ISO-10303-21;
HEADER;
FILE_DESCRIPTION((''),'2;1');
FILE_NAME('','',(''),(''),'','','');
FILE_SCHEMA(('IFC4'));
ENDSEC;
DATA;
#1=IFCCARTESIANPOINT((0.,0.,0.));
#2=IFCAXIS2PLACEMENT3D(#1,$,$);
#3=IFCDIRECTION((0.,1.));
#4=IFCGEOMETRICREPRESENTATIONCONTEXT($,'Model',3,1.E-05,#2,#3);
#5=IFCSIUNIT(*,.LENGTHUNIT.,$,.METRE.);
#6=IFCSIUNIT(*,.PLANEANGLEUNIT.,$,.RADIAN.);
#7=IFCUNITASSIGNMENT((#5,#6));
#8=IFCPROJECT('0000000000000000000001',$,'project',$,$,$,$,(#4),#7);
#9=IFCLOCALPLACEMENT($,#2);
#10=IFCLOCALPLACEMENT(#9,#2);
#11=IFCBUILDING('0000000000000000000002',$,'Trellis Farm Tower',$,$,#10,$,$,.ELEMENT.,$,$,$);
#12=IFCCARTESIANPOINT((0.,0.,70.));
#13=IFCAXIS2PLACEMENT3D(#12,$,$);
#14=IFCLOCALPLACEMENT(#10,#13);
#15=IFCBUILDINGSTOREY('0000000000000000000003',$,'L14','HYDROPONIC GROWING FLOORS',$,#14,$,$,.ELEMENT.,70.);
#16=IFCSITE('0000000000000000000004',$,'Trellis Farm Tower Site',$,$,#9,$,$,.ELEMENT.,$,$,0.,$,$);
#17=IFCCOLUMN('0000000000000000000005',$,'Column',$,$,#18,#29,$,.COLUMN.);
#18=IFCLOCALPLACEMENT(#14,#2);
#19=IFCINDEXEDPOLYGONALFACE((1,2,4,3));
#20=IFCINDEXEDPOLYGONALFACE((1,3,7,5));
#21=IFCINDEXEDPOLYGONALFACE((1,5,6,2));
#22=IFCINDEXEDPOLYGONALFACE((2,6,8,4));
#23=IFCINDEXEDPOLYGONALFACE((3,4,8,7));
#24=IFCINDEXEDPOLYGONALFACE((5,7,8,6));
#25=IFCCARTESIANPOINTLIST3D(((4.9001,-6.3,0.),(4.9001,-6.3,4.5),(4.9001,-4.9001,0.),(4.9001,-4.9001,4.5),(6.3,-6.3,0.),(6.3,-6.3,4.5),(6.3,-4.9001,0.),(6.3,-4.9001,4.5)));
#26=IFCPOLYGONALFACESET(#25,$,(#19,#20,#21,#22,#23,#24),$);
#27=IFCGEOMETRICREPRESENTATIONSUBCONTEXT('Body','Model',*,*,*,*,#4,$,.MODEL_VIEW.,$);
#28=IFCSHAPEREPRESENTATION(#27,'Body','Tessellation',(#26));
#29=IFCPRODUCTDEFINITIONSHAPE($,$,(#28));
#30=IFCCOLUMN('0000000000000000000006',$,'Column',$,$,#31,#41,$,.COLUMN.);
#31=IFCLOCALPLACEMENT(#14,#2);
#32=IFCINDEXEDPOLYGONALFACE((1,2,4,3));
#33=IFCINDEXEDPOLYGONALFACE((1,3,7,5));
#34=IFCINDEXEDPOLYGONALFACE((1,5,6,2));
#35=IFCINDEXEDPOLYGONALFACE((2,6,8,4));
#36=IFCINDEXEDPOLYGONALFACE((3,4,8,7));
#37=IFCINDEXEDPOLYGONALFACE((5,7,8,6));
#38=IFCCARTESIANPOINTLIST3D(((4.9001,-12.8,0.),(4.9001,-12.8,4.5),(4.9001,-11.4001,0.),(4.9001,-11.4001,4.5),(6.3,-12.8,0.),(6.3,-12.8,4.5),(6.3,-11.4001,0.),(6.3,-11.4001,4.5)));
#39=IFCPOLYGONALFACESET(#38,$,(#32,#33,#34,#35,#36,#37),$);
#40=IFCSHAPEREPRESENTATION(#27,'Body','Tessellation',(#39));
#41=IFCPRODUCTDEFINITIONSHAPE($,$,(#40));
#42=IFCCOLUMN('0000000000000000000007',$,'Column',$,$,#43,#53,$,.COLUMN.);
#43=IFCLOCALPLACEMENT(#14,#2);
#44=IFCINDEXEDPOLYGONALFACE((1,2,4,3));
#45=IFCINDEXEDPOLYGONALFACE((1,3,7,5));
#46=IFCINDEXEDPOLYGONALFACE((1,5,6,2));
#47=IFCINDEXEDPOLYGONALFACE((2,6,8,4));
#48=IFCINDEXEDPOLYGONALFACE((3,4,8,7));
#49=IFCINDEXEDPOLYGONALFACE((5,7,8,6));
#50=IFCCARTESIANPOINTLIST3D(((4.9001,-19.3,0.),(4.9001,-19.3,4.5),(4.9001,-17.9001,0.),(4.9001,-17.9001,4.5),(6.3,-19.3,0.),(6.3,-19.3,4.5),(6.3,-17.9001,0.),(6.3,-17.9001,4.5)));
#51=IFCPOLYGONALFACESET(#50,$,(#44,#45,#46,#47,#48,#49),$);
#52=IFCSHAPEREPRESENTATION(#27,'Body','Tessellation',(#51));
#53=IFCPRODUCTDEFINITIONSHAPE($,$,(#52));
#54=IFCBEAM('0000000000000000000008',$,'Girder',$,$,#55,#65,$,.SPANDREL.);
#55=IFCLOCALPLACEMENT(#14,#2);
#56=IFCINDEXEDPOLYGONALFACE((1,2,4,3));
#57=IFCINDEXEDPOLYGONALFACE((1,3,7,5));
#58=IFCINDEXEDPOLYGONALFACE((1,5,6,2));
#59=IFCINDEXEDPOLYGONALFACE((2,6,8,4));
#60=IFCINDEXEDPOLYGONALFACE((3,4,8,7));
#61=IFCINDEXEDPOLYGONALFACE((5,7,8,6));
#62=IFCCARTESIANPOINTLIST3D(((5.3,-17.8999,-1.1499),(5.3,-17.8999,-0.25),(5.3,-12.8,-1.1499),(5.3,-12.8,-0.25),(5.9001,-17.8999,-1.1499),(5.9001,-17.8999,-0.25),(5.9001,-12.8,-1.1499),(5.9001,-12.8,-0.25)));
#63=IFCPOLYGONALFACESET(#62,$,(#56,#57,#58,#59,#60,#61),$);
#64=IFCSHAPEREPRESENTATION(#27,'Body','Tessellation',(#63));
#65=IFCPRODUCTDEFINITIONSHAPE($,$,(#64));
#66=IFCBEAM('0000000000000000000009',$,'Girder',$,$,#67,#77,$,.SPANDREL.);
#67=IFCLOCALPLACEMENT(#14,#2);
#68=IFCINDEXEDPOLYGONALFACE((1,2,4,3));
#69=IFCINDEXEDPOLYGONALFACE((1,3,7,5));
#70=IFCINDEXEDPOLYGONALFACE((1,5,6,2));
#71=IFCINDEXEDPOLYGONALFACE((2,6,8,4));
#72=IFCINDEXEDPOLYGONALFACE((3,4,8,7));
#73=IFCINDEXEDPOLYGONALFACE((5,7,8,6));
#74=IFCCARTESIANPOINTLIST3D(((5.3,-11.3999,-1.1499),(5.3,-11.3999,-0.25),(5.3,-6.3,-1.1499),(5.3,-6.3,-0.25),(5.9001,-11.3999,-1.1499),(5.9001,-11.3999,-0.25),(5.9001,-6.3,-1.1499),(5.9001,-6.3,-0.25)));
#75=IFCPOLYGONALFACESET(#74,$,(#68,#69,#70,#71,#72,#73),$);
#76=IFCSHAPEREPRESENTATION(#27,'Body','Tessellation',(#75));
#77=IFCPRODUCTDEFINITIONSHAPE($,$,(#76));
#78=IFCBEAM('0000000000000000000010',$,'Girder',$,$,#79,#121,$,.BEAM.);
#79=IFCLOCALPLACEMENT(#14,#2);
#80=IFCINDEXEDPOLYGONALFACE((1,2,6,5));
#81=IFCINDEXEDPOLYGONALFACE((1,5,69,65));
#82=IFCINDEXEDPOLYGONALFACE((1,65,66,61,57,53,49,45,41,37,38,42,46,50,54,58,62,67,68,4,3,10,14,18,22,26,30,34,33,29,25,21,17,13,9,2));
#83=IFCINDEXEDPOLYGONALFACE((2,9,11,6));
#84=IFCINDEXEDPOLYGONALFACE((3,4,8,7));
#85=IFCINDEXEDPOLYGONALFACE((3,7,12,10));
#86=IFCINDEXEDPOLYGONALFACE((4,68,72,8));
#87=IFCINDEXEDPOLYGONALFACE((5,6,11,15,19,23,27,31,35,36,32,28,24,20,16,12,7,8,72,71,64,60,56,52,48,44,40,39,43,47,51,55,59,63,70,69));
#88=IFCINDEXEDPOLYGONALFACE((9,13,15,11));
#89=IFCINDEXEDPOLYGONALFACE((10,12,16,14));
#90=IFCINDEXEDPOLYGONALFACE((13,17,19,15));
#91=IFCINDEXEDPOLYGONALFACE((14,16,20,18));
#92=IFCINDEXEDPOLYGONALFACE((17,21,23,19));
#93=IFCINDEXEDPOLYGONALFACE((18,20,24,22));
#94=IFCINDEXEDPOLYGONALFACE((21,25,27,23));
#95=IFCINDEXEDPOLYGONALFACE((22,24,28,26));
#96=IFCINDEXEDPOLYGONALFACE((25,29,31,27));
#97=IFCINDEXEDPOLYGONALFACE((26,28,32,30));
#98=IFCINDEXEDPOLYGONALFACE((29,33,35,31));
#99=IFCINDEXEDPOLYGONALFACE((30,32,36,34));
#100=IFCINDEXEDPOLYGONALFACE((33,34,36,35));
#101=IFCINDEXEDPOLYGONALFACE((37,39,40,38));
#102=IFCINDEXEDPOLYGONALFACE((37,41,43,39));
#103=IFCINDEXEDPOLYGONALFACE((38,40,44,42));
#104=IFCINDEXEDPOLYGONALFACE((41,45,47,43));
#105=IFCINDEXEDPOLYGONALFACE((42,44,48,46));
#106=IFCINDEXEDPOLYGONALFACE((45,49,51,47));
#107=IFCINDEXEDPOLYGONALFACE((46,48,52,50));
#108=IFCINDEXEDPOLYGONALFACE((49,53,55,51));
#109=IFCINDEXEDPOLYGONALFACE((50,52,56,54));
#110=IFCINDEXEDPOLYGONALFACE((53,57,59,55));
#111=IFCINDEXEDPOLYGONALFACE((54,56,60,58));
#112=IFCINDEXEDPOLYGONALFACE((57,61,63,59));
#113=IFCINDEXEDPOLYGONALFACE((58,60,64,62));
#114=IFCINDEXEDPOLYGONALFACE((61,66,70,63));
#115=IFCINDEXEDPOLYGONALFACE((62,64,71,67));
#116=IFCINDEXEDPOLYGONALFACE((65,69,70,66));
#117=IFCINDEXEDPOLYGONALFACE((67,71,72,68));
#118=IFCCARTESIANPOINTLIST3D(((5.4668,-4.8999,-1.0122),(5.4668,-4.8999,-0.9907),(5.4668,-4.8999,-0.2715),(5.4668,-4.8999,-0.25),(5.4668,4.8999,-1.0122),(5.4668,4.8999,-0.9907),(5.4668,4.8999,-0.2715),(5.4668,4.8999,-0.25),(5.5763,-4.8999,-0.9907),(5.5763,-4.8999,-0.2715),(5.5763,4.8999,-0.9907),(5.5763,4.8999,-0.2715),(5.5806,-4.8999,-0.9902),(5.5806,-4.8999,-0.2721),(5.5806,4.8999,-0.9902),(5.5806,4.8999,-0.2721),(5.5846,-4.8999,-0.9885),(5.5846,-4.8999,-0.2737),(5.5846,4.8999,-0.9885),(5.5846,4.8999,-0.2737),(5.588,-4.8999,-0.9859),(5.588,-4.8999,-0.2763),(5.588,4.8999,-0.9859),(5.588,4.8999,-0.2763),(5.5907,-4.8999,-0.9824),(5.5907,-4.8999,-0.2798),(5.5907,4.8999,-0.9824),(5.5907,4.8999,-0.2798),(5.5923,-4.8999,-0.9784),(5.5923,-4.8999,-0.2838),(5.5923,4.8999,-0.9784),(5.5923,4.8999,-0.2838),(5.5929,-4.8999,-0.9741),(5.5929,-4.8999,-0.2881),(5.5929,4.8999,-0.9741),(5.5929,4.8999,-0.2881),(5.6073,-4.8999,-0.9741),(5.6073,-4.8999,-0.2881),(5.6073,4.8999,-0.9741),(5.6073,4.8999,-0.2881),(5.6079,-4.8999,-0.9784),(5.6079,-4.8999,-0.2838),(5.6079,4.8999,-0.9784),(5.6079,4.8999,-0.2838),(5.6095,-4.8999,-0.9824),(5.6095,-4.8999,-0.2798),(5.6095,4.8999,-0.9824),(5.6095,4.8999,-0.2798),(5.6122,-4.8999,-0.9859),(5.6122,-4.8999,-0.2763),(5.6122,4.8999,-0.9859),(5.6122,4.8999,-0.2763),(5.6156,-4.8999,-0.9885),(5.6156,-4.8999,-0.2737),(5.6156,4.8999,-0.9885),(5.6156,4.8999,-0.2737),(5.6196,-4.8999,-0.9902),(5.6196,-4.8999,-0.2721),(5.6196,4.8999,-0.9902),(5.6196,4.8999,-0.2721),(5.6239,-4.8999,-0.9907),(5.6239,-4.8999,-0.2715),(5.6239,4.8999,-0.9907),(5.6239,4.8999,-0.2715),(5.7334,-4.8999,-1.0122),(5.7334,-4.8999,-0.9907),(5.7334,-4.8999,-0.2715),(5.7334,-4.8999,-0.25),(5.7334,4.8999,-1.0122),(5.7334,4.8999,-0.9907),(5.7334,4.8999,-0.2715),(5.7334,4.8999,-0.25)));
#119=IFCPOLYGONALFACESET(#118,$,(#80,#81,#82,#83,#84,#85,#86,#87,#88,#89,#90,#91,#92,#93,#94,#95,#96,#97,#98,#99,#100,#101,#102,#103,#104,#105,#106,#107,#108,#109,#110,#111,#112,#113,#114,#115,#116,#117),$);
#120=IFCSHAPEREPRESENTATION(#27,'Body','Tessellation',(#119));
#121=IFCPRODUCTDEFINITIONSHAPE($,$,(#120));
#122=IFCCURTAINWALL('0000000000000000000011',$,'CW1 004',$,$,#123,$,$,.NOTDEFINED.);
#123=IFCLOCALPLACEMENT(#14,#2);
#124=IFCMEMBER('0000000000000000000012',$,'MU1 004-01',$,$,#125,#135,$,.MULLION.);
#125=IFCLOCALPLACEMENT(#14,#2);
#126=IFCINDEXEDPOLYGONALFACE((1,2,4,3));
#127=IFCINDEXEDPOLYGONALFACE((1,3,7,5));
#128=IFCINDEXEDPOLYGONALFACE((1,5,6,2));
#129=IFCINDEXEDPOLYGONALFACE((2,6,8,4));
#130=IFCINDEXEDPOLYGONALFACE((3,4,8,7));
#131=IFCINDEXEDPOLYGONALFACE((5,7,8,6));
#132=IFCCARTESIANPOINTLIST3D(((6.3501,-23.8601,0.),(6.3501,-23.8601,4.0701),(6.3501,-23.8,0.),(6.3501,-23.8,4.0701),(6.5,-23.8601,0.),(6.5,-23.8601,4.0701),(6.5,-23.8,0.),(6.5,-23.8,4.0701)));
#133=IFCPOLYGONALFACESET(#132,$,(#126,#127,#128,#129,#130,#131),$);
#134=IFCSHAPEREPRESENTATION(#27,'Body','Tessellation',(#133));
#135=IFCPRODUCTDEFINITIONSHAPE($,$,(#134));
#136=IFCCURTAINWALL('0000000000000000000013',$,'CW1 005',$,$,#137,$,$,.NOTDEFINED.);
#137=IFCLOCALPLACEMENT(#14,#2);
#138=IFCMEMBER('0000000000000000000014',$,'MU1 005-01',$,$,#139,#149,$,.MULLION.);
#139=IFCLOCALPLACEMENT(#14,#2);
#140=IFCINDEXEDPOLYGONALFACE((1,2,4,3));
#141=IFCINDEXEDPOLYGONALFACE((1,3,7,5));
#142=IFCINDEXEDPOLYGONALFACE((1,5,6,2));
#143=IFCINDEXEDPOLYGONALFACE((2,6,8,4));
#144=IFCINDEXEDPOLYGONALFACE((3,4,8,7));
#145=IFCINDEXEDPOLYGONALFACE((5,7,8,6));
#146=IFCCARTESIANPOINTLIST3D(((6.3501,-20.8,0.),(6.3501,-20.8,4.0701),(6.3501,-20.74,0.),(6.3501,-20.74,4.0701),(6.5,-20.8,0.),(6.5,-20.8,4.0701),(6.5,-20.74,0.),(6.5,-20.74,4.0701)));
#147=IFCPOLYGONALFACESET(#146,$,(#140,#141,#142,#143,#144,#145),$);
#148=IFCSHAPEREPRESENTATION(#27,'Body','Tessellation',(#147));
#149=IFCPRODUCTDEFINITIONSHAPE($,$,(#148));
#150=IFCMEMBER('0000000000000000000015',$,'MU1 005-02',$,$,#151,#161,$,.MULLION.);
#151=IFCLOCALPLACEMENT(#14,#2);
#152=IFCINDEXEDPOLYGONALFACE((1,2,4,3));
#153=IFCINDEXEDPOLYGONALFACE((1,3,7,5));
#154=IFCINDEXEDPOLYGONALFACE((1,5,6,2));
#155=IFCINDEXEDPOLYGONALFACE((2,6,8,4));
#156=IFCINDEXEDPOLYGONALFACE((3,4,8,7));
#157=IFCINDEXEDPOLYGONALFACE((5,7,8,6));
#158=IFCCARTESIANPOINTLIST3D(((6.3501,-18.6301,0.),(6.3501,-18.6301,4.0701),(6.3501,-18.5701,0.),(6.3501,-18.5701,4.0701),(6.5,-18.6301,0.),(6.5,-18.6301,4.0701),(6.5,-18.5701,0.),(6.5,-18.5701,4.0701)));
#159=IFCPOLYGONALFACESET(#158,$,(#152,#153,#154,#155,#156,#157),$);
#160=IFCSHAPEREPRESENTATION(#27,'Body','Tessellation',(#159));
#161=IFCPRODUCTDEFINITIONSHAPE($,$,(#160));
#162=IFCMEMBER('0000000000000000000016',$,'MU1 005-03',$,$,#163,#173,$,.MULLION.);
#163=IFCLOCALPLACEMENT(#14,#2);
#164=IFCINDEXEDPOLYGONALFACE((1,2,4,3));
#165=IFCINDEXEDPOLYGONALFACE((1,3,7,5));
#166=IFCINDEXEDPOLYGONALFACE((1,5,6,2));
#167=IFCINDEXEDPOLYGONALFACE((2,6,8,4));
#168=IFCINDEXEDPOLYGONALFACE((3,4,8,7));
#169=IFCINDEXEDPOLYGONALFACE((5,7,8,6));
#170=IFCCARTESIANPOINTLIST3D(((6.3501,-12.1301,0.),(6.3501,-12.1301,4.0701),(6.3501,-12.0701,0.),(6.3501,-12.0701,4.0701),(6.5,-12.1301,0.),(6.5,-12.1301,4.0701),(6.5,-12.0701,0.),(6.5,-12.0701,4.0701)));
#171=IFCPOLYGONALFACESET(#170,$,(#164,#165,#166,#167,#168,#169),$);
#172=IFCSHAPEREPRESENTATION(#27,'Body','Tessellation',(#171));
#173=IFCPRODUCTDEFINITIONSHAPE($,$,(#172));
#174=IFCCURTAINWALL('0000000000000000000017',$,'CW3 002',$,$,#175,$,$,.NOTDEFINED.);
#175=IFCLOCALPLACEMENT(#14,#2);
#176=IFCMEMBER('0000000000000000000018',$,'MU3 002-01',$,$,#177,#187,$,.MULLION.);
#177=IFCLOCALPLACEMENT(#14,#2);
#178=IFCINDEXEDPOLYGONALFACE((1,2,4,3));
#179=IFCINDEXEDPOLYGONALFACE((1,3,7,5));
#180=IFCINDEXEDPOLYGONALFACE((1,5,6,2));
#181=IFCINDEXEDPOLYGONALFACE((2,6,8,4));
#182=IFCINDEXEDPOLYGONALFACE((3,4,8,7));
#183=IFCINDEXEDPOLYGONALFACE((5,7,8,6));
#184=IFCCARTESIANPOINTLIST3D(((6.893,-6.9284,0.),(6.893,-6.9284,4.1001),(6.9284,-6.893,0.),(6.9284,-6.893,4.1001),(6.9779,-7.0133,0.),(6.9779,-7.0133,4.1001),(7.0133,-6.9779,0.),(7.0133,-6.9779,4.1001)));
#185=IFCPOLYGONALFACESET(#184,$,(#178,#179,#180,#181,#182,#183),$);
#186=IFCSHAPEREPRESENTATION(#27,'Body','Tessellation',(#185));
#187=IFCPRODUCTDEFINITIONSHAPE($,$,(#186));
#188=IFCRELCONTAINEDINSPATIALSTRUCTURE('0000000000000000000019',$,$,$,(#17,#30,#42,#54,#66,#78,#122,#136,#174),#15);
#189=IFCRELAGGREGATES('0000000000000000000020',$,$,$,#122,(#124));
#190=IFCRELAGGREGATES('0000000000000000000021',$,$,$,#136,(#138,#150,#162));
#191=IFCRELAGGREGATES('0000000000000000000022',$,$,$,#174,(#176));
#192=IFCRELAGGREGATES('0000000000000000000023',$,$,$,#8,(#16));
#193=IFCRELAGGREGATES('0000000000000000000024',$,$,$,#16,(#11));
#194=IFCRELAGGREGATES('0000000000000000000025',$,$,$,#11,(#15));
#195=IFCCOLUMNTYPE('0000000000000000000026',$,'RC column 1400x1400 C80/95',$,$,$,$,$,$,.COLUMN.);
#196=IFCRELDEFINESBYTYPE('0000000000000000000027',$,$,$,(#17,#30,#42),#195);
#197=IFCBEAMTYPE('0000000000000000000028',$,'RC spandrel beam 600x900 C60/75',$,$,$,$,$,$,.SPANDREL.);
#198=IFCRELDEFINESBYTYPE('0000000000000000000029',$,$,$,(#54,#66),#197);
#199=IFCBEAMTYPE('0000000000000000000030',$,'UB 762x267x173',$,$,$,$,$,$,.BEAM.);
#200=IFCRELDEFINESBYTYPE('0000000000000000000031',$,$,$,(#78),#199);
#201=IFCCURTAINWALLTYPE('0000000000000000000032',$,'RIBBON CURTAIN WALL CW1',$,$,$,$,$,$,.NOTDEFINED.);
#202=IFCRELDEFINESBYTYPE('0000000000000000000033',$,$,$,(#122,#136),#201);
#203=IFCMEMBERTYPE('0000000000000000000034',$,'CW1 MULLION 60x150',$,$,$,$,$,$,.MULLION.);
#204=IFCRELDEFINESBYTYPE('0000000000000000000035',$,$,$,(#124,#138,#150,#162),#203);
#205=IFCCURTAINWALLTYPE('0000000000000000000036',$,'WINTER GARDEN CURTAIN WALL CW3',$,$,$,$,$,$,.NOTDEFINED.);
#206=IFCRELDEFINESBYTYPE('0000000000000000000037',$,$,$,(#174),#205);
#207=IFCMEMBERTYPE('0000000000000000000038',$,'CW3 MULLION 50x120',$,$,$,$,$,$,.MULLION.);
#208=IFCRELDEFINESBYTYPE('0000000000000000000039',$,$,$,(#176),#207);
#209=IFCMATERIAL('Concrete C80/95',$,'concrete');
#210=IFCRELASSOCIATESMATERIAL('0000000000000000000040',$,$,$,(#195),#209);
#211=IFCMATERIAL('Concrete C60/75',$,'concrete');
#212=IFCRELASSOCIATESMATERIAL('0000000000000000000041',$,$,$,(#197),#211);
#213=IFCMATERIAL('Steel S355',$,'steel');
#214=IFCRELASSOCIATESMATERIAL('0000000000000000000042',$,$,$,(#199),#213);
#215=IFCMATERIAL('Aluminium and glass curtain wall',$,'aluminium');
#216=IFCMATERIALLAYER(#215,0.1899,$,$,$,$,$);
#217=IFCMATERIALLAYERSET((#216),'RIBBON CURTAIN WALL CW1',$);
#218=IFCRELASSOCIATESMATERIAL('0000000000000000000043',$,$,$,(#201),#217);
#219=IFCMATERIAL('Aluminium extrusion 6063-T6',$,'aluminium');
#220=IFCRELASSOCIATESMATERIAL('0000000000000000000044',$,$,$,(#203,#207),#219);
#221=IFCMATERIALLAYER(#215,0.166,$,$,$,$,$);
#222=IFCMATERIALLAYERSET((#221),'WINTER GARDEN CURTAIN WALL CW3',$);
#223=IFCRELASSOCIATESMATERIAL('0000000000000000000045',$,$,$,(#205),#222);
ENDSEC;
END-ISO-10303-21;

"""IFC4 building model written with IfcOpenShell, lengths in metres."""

from ifc_helpers import new_model, si_unit, direction, frame, origin, origin_2d, place, context, subcontext, project, spatial, rectangle, i_section, extrude, source, transform, mapped, material, layer, layer_set, material_profile, profile_set, type_object, element, aggregate, save


model = new_model("IFC4")

# Units and contexts
model_context = context("Model", 3, precision=1e-05, world=origin(), true_north=direction((0.0, 1.0)))
body_context = subcontext(model_context, "Body", "Model", "MODEL_VIEW")
ifc_project = project(units=[si_unit("LENGTHUNIT", "METRE"), si_unit("PLANEANGLEUNIT", "RADIAN")], contexts=[model_context])

# Site, building, storey
site_placement = place(None, origin())
site = spatial("IfcSite", under=ifc_project, at=site_placement, Name="Trellis Farm Tower Site", CompositionType="ELEMENT", RefElevation=0.0)
building_placement = place(site_placement, origin())
building = spatial("IfcBuilding", under=site, at=building_placement, Name="Trellis Farm Tower", CompositionType="ELEMENT")
storey_placement = place(building_placement, frame((0.0, 0.0, 70.0)))
storey = spatial("IfcBuildingStorey", under=building, at=storey_placement, Name="L14", Description="HYDROPONIC GROWING FLOORS", CompositionType="ELEMENT", Elevation=70.0)

# Columns
ifc_material_1 = material(Name="Concrete C80/95", Category="concrete")
ifc_material_profile_1 = material_profile(ifc_material_1, rectangle(XDim=1.3999, YDim=1.3999, at=origin_2d()), Name="RC column 1400x1400 C80/95")
ifc_profile_set_1 = profile_set([ifc_material_profile_1], Name="Concrete C80/95")
column_type = type_object("IfcColumnType", Name="RC column 1400x1400 C80/95", PredefinedType="COLUMN", material=ifc_profile_set_1)
shared_shape_1 = source(origin(), body_context, "Body", "SweptSolid", [
    extrude(rectangle(XDim=1.3999, YDim=1.3999, at=origin_2d()), origin(), (0.0, 0.0, 1.0), 4.5),
])
for number, where, z_axis, x_axis, name in (
    (1, (5.6001, -5.6001, 0.0), (0.0, 0.0, 1.0), (1.0, 0.0, 0.0), "Column"),
    (2, (5.6001, -12.1001, 0.0), (0.0, 0.0, 1.0), (1.0, 0.0, 0.0), "Column"),
    (3, (5.6001, -18.6001, 0.0), (0.0, 0.0, 1.0), (1.0, 0.0, 0.0), "Column"),
):
    element("IfcColumn", number, at=place(storey_placement, frame(where, z_axis=z_axis, x_axis=x_axis)), inside=storey, type_object=column_type, Name=name, PredefinedType="COLUMN", context=body_context, shape_type="MappedRepresentation", body=[
        mapped(shared_shape_1, transform((0.0, 0.0, 0.0))),
    ])

# Beams
ifc_material_2 = material(Name="Concrete C60/75", Category="concrete")
ifc_material_profile_2 = material_profile(ifc_material_2, rectangle(XDim=0.6001, YDim=0.8999, at=origin_2d()), Name="RC spandrel beam 600x900 C60/75")
ifc_profile_set_2 = profile_set([ifc_material_profile_2], Name="Concrete C60/75")
beam_type_1 = type_object("IfcBeamType", Name="RC spandrel beam 600x900 C60/75", PredefinedType="SPANDREL", material=ifc_profile_set_2)
shared_shape_2 = source(origin(), body_context, "Body", "SweptSolid", [
    extrude(rectangle(XDim=0.6001, YDim=0.8999, at=origin_2d()), origin(), (0.0, 0.0, 1.0), 5.0999),
])
for number, where, z_axis, x_axis, name in (
    (4, (5.6001, -17.8999, -0.7), (0.0, 1.0, 0.0), (-1.0, 0.0, 0.0), "Girder"),
    (5, (5.6001, -11.3999, -0.7), (0.0, 1.0, 0.0), (-1.0, 0.0, 0.0), "Girder"),
):
    element("IfcBeam", number, at=place(storey_placement, frame(where, z_axis=z_axis, x_axis=x_axis)), inside=storey, type_object=beam_type_1, Name=name, PredefinedType="SPANDREL", context=body_context, shape_type="MappedRepresentation", body=[
        mapped(shared_shape_2, transform((0.0, 0.0, 0.0))),
    ])
ifc_material_3 = material(Name="Steel S355", Category="steel")
ifc_material_profile_3 = material_profile(ifc_material_3, i_section(OverallWidth=0.2666, OverallDepth=0.7622, WebThickness=0.0144, FlangeThickness=0.0215, FilletRadius=0.0166, at=origin_2d()), Name="UB 762x267x173")
ifc_profile_set_3 = profile_set([ifc_material_profile_3], Name="Steel S355")
beam_type_2 = type_object("IfcBeamType", Name="UB 762x267x173", PredefinedType="BEAM", material=ifc_profile_set_3)
shared_shape_3 = source(origin(), body_context, "Body", "SweptSolid", [
    extrude(i_section(OverallWidth=0.2666, OverallDepth=0.7622, WebThickness=0.0144, FlangeThickness=0.0215, FilletRadius=0.0166, at=origin_2d()), origin(), (0.0, 0.0, 1.0), 9.7998),
])
beam_placement = place(storey_placement, frame((5.6001, -4.8999, -0.6311), z_axis=(0.0, 1.0, 0.0), x_axis=(-1.0, 0.0, 0.0)))
element("IfcBeam", 6, at=beam_placement, inside=storey, type_object=beam_type_2, Name="Girder", PredefinedType="BEAM", context=body_context, shape_type="MappedRepresentation", body=[
    mapped(shared_shape_3, transform((0.0, 0.0, 0.0))),
])

# Curtain wall, member
ifc_material_4 = material(Name="Aluminium and glass curtain wall", Category="aluminium")
ifc_layer_1 = layer(ifc_material_4, 0.1899)
ifc_layer_set_1 = layer_set([ifc_layer_1], Name="RIBBON CURTAIN WALL CW1")
curtain_wall_type_1 = type_object("IfcCurtainWallType", Name="RIBBON CURTAIN WALL CW1", PredefinedType="NOTDEFINED", material=ifc_layer_set_1)
placement = place(storey_placement, origin())
curtain_wall_1 = element("IfcCurtainWall", 7, at=placement, inside=storey, type_object=curtain_wall_type_1, Name="CW1 004", PredefinedType="NOTDEFINED")
ifc_material_5 = material(Name="Aluminium extrusion 6063-T6", Category="aluminium")
ifc_material_profile_4 = material_profile(ifc_material_5, rectangle(XDim=0.0601, YDim=0.1499, at=origin_2d()), Name="MULLION 60x150")
ifc_profile_set_4 = profile_set([ifc_material_profile_4], Name="Aluminium extrusion 6063-T6")
member_type_1 = type_object("IfcMemberType", Name="CW1 MULLION 60x150", PredefinedType="MULLION", material=ifc_profile_set_4)
shared_shape_4 = source(origin(), body_context, "Body", "SweptSolid", [
    extrude(rectangle(XDim=0.0601, YDim=0.1499, at=origin_2d()), origin(), (0.0, 0.0, 1.0), 4.0701),
])
member_1_placement = place(storey_placement, frame((6.425, -23.8301, 0.0), z_axis=(0.0, 0.0, 1.0), x_axis=(0.0, 1.0, 0.0)))
member_1 = element("IfcMember", 8, at=member_1_placement, type_object=member_type_1, Name="MU1 004-01", PredefinedType="MULLION", context=body_context, shape_type="MappedRepresentation", body=[
    mapped(shared_shape_4, transform((0.0, 0.0, 0.0))),
])
aggregate(curtain_wall_1, [member_1])

# Curtain wall, members
curtain_wall_2 = element("IfcCurtainWall", 9, at=placement, inside=storey, type_object=curtain_wall_type_1, Name="CW1 005", PredefinedType="NOTDEFINED")
member_2_placement = place(storey_placement, frame((6.425, -20.77, 0.0), z_axis=(0.0, 0.0, 1.0), x_axis=(0.0, 1.0, 0.0)))
member_2 = element("IfcMember", 10, at=member_2_placement, type_object=member_type_1, Name="MU1 005-01", PredefinedType="MULLION", context=body_context, shape_type="MappedRepresentation", body=[
    mapped(shared_shape_4, transform((0.0, 0.0, 0.0))),
])
member_3_placement = place(storey_placement, frame((6.425, -18.6001, 0.0), z_axis=(0.0, 0.0, 1.0), x_axis=(0.0, 1.0, 0.0)))
member_3 = element("IfcMember", 11, at=member_3_placement, type_object=member_type_1, Name="MU1 005-02", PredefinedType="MULLION", context=body_context, shape_type="MappedRepresentation", body=[
    mapped(shared_shape_4, transform((0.0, 0.0, 0.0))),
])
member_4_placement = place(storey_placement, frame((6.425, -12.1001, 0.0), z_axis=(0.0, 0.0, 1.0), x_axis=(0.0, 1.0, 0.0)))
member_4 = element("IfcMember", 12, at=member_4_placement, type_object=member_type_1, Name="MU1 005-03", PredefinedType="MULLION", context=body_context, shape_type="MappedRepresentation", body=[
    mapped(shared_shape_4, transform((0.0, 0.0, 0.0))),
])
aggregate(curtain_wall_2, [member_2, member_3, member_4])

# Curtain wall, member
ifc_layer_2 = layer(ifc_material_4, 0.166)
ifc_layer_set_2 = layer_set([ifc_layer_2], Name="WINTER GARDEN CURTAIN WALL CW3")
curtain_wall_type_2 = type_object("IfcCurtainWallType", Name="WINTER GARDEN CURTAIN WALL CW3", PredefinedType="NOTDEFINED", material=ifc_layer_set_2)
curtain_wall_3 = element("IfcCurtainWall", 13, at=placement, inside=storey, type_object=curtain_wall_type_2, Name="CW3 002", PredefinedType="NOTDEFINED")
ifc_material_profile_5 = material_profile(ifc_material_5, rectangle(XDim=0.05, YDim=0.1201, at=origin_2d()), Name="MULLION 50x120")
ifc_profile_set_5 = profile_set([ifc_material_profile_5], Name="Aluminium extrusion 6063-T6")
member_type_2 = type_object("IfcMemberType", Name="CW3 MULLION 50x120", PredefinedType="MULLION", material=ifc_profile_set_5)
shared_shape_5 = source(origin(), body_context, "Body", "SweptSolid", [
    extrude(rectangle(XDim=0.05, YDim=0.1201, at=origin_2d()), origin(), (0.0, 0.0, 1.0), 4.1001),
])
member_5_placement = place(storey_placement, frame((6.9531, -6.9531, 0.0), z_axis=(0.0, 0.0, 1.0), x_axis=(0.707107, 0.707107, 0.0)))
member_5 = element("IfcMember", 14, at=member_5_placement, type_object=member_type_2, Name="MU3 002-01", PredefinedType="MULLION", context=body_context, shape_type="MappedRepresentation", body=[
    mapped(shared_shape_5, transform((0.0, 0.0, 0.0))),
])
aggregate(curtain_wall_3, [member_5])

save(model, "model.ifc")
